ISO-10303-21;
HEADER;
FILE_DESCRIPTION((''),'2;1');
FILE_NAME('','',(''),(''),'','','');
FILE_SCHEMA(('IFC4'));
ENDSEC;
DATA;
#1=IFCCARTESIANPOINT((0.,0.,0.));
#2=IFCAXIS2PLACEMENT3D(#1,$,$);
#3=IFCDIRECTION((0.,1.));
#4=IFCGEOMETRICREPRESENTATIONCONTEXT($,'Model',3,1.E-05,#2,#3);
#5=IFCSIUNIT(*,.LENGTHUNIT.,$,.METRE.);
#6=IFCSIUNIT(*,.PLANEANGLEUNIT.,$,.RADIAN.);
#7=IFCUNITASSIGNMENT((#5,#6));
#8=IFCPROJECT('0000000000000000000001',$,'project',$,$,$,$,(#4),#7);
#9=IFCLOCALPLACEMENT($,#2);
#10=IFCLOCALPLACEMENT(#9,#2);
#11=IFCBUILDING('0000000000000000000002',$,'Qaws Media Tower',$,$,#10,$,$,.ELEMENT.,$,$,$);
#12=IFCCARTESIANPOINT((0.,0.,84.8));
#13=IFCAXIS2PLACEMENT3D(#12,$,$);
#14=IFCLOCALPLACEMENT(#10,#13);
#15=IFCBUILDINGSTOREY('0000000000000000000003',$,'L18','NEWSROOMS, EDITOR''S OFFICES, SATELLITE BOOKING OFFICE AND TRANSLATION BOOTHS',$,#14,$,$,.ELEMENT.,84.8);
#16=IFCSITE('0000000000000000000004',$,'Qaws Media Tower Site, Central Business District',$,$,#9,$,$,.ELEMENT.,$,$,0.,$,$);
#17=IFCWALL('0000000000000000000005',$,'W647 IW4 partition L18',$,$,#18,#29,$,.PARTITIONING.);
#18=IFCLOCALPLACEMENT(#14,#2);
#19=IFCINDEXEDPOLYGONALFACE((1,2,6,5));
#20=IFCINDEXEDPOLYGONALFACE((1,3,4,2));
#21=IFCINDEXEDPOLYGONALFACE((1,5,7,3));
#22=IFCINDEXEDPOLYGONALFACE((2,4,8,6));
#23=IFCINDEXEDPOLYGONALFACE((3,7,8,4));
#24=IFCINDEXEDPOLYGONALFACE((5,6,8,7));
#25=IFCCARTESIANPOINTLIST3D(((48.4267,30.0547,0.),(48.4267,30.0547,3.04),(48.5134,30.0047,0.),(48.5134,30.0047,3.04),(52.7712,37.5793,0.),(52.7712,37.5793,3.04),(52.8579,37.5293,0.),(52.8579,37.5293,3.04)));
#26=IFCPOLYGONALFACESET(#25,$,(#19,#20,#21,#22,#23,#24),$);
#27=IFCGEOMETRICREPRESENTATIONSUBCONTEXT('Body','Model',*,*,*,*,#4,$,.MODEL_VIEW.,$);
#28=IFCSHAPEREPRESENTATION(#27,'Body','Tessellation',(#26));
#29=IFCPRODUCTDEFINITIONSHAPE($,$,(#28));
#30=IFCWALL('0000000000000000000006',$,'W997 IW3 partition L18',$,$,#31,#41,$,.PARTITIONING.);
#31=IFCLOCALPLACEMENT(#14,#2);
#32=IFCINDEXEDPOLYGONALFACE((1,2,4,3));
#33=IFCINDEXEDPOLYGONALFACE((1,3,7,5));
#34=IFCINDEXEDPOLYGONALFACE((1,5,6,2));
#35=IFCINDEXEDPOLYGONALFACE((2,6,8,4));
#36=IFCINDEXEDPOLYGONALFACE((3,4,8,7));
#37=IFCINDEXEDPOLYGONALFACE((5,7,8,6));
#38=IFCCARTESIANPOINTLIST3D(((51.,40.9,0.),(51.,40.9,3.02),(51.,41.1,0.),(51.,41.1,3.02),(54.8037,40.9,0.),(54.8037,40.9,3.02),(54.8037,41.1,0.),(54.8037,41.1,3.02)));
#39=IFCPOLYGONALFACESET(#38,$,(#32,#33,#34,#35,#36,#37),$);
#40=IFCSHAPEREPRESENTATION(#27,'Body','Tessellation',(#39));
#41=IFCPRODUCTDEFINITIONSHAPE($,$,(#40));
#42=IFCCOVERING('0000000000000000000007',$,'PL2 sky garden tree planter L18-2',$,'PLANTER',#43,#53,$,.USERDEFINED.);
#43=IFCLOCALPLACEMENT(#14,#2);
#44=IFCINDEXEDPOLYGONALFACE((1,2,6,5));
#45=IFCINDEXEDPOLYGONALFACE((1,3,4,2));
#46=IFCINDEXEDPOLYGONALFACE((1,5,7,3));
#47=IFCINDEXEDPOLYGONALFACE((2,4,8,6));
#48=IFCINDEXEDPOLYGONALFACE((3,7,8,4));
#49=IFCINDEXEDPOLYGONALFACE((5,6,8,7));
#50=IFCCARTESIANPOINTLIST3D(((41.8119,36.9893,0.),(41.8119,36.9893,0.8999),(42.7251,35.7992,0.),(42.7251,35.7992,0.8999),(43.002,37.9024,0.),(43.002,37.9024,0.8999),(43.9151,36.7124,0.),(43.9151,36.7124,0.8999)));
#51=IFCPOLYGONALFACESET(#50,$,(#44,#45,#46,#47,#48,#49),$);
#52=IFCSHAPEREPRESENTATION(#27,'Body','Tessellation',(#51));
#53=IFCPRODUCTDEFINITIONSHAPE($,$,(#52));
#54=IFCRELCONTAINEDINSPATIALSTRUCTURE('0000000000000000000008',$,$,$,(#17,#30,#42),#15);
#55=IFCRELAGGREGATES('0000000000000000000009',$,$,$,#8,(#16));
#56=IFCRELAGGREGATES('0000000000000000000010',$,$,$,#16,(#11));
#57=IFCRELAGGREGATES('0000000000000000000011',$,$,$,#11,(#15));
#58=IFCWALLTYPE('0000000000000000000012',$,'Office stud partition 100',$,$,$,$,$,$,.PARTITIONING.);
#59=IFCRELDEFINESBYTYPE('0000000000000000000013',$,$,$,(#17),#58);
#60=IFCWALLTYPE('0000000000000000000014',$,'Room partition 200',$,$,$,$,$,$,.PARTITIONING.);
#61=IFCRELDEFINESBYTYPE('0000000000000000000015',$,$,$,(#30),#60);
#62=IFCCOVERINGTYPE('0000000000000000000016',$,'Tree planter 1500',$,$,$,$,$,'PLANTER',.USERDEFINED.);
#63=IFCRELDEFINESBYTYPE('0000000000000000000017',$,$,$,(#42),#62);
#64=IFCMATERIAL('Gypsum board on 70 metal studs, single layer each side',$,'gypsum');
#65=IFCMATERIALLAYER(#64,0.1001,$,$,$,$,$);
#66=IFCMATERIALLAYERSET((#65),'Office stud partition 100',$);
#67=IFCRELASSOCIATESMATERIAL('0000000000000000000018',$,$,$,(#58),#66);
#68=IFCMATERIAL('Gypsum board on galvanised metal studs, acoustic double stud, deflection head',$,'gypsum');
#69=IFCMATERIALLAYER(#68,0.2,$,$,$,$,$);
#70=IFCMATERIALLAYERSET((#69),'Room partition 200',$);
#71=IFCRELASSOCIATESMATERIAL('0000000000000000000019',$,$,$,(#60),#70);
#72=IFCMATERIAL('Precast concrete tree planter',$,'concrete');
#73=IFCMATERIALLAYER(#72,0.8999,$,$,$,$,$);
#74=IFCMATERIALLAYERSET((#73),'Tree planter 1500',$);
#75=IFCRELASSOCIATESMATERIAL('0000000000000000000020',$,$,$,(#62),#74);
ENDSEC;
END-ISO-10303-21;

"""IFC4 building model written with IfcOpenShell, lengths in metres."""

from ifc_helpers import new_model, si_unit, direction, frame, frame_2d, origin, origin_2d, place, context, subcontext, project, spatial, rectangle, extrude, material, layer, layer_set, type_object, element, save


model = new_model("IFC4")

# Units and contexts
model_context = context("Model", 3, precision=1e-05, world=origin(), true_north=direction((0.0, 1.0)))
body_context = subcontext(model_context, "Body", "Model", "MODEL_VIEW")
ifc_project = project(units=[si_unit("LENGTHUNIT", "METRE"), si_unit("PLANEANGLEUNIT", "RADIAN")], contexts=[model_context])

# Site, building, storey
site_placement = place(None, origin())
site = spatial("IfcSite", under=ifc_project, at=site_placement, Name="Qaws Media Tower Site, Central Business District", CompositionType="ELEMENT", RefElevation=0.0)
building_placement = place(site_placement, origin())
building = spatial("IfcBuilding", under=site, at=building_placement, Name="Qaws Media Tower", CompositionType="ELEMENT")
storey_placement = place(building_placement, frame((0.0, 0.0, 84.8)))
storey = spatial("IfcBuildingStorey", under=building, at=storey_placement, Name="L18", Description="NEWSROOMS, EDITOR'S OFFICES, SATELLITE BOOKING OFFICE AND TRANSLATION BOOTHS", CompositionType="ELEMENT", Elevation=84.8)

# Wall
ifc_material_1 = material(Name="Gypsum board on 70 metal studs, single layer each side", Category="gypsum")
ifc_layer_1 = layer(ifc_material_1, 0.1001)
ifc_layer_set_1 = layer_set([ifc_layer_1], Name="Office stud partition 100")
wall_type_1 = type_object("IfcWallType", Name="Office stud partition 100", PredefinedType="PARTITIONING", material=ifc_layer_set_1)
wall_1_placement = place(storey_placement, frame((52.8145, 37.5542, 0.0), z_axis=(0.0, 0.0, 1.0), x_axis=(-0.50001, -0.866019, 0.0)))
element("IfcWall", 1, at=wall_1_placement, inside=storey, type_object=wall_type_1, Name="W647 IW4 partition L18", PredefinedType="PARTITIONING", context=body_context, shape_type="SweptSolid", body=[
    extrude(rectangle(XDim=8.6887, YDim=0.1001, at=frame_2d((4.3442, 0.0))), origin(), (0.0, 0.0, 1.0), 3.04),
])

# Shared definitions
ifc_material_2 = material(Name="Gypsum board on galvanised metal studs, acoustic double stud, deflection head", Category="gypsum")
ifc_layer_2 = layer(ifc_material_2, 0.2)
ifc_layer_set_2 = layer_set([ifc_layer_2], Name="Room partition 200")
wall_type_2 = type_object("IfcWallType", Name="Room partition 200", PredefinedType="PARTITIONING", material=ifc_layer_set_2)

# Wall
wall_2_placement = place(storey_placement, frame((54.8037, 41.0, 0.0), z_axis=(0.0, 0.0, 1.0), x_axis=(-1.0, 0.0, 0.0)))
element("IfcWall", 2, at=wall_2_placement, inside=storey, type_object=wall_type_2, Name="W997 IW3 partition L18", PredefinedType="PARTITIONING", context=body_context, shape_type="SweptSolid", body=[
    extrude(rectangle(XDim=3.8037, YDim=0.2, at=frame_2d((1.9019, 0.0))), origin(), (0.0, 0.0, 1.0), 3.02),
])

# Covering
ifc_material_3 = material(Name="Precast concrete tree planter", Category="concrete")
ifc_layer_3 = layer(ifc_material_3, 0.8999)
ifc_layer_set_3 = layer_set([ifc_layer_3], Name="Tree planter 1500")
covering_type = type_object("IfcCoveringType", Name="Tree planter 1500", ElementType="PLANTER", PredefinedType="USERDEFINED", material=ifc_layer_set_3)
covering_placement = place(storey_placement, frame((42.8635, 36.8508, 0.0), z_axis=(0.0, 0.0, 1.0), x_axis=(-0.793353, -0.608761, 0.0)))
element("IfcCovering", 3, at=covering_placement, inside=storey, type_object=covering_type, Name="PL2 sky garden tree planter L18-2", ObjectType="PLANTER", PredefinedType="USERDEFINED", context=body_context, shape_type="SweptSolid", body=[
    extrude(rectangle(XDim=1.5, YDim=1.5, at=origin_2d()), origin(), (0.0, 0.0, 1.0), 0.8999),
])

save(model, "model.ifc")
